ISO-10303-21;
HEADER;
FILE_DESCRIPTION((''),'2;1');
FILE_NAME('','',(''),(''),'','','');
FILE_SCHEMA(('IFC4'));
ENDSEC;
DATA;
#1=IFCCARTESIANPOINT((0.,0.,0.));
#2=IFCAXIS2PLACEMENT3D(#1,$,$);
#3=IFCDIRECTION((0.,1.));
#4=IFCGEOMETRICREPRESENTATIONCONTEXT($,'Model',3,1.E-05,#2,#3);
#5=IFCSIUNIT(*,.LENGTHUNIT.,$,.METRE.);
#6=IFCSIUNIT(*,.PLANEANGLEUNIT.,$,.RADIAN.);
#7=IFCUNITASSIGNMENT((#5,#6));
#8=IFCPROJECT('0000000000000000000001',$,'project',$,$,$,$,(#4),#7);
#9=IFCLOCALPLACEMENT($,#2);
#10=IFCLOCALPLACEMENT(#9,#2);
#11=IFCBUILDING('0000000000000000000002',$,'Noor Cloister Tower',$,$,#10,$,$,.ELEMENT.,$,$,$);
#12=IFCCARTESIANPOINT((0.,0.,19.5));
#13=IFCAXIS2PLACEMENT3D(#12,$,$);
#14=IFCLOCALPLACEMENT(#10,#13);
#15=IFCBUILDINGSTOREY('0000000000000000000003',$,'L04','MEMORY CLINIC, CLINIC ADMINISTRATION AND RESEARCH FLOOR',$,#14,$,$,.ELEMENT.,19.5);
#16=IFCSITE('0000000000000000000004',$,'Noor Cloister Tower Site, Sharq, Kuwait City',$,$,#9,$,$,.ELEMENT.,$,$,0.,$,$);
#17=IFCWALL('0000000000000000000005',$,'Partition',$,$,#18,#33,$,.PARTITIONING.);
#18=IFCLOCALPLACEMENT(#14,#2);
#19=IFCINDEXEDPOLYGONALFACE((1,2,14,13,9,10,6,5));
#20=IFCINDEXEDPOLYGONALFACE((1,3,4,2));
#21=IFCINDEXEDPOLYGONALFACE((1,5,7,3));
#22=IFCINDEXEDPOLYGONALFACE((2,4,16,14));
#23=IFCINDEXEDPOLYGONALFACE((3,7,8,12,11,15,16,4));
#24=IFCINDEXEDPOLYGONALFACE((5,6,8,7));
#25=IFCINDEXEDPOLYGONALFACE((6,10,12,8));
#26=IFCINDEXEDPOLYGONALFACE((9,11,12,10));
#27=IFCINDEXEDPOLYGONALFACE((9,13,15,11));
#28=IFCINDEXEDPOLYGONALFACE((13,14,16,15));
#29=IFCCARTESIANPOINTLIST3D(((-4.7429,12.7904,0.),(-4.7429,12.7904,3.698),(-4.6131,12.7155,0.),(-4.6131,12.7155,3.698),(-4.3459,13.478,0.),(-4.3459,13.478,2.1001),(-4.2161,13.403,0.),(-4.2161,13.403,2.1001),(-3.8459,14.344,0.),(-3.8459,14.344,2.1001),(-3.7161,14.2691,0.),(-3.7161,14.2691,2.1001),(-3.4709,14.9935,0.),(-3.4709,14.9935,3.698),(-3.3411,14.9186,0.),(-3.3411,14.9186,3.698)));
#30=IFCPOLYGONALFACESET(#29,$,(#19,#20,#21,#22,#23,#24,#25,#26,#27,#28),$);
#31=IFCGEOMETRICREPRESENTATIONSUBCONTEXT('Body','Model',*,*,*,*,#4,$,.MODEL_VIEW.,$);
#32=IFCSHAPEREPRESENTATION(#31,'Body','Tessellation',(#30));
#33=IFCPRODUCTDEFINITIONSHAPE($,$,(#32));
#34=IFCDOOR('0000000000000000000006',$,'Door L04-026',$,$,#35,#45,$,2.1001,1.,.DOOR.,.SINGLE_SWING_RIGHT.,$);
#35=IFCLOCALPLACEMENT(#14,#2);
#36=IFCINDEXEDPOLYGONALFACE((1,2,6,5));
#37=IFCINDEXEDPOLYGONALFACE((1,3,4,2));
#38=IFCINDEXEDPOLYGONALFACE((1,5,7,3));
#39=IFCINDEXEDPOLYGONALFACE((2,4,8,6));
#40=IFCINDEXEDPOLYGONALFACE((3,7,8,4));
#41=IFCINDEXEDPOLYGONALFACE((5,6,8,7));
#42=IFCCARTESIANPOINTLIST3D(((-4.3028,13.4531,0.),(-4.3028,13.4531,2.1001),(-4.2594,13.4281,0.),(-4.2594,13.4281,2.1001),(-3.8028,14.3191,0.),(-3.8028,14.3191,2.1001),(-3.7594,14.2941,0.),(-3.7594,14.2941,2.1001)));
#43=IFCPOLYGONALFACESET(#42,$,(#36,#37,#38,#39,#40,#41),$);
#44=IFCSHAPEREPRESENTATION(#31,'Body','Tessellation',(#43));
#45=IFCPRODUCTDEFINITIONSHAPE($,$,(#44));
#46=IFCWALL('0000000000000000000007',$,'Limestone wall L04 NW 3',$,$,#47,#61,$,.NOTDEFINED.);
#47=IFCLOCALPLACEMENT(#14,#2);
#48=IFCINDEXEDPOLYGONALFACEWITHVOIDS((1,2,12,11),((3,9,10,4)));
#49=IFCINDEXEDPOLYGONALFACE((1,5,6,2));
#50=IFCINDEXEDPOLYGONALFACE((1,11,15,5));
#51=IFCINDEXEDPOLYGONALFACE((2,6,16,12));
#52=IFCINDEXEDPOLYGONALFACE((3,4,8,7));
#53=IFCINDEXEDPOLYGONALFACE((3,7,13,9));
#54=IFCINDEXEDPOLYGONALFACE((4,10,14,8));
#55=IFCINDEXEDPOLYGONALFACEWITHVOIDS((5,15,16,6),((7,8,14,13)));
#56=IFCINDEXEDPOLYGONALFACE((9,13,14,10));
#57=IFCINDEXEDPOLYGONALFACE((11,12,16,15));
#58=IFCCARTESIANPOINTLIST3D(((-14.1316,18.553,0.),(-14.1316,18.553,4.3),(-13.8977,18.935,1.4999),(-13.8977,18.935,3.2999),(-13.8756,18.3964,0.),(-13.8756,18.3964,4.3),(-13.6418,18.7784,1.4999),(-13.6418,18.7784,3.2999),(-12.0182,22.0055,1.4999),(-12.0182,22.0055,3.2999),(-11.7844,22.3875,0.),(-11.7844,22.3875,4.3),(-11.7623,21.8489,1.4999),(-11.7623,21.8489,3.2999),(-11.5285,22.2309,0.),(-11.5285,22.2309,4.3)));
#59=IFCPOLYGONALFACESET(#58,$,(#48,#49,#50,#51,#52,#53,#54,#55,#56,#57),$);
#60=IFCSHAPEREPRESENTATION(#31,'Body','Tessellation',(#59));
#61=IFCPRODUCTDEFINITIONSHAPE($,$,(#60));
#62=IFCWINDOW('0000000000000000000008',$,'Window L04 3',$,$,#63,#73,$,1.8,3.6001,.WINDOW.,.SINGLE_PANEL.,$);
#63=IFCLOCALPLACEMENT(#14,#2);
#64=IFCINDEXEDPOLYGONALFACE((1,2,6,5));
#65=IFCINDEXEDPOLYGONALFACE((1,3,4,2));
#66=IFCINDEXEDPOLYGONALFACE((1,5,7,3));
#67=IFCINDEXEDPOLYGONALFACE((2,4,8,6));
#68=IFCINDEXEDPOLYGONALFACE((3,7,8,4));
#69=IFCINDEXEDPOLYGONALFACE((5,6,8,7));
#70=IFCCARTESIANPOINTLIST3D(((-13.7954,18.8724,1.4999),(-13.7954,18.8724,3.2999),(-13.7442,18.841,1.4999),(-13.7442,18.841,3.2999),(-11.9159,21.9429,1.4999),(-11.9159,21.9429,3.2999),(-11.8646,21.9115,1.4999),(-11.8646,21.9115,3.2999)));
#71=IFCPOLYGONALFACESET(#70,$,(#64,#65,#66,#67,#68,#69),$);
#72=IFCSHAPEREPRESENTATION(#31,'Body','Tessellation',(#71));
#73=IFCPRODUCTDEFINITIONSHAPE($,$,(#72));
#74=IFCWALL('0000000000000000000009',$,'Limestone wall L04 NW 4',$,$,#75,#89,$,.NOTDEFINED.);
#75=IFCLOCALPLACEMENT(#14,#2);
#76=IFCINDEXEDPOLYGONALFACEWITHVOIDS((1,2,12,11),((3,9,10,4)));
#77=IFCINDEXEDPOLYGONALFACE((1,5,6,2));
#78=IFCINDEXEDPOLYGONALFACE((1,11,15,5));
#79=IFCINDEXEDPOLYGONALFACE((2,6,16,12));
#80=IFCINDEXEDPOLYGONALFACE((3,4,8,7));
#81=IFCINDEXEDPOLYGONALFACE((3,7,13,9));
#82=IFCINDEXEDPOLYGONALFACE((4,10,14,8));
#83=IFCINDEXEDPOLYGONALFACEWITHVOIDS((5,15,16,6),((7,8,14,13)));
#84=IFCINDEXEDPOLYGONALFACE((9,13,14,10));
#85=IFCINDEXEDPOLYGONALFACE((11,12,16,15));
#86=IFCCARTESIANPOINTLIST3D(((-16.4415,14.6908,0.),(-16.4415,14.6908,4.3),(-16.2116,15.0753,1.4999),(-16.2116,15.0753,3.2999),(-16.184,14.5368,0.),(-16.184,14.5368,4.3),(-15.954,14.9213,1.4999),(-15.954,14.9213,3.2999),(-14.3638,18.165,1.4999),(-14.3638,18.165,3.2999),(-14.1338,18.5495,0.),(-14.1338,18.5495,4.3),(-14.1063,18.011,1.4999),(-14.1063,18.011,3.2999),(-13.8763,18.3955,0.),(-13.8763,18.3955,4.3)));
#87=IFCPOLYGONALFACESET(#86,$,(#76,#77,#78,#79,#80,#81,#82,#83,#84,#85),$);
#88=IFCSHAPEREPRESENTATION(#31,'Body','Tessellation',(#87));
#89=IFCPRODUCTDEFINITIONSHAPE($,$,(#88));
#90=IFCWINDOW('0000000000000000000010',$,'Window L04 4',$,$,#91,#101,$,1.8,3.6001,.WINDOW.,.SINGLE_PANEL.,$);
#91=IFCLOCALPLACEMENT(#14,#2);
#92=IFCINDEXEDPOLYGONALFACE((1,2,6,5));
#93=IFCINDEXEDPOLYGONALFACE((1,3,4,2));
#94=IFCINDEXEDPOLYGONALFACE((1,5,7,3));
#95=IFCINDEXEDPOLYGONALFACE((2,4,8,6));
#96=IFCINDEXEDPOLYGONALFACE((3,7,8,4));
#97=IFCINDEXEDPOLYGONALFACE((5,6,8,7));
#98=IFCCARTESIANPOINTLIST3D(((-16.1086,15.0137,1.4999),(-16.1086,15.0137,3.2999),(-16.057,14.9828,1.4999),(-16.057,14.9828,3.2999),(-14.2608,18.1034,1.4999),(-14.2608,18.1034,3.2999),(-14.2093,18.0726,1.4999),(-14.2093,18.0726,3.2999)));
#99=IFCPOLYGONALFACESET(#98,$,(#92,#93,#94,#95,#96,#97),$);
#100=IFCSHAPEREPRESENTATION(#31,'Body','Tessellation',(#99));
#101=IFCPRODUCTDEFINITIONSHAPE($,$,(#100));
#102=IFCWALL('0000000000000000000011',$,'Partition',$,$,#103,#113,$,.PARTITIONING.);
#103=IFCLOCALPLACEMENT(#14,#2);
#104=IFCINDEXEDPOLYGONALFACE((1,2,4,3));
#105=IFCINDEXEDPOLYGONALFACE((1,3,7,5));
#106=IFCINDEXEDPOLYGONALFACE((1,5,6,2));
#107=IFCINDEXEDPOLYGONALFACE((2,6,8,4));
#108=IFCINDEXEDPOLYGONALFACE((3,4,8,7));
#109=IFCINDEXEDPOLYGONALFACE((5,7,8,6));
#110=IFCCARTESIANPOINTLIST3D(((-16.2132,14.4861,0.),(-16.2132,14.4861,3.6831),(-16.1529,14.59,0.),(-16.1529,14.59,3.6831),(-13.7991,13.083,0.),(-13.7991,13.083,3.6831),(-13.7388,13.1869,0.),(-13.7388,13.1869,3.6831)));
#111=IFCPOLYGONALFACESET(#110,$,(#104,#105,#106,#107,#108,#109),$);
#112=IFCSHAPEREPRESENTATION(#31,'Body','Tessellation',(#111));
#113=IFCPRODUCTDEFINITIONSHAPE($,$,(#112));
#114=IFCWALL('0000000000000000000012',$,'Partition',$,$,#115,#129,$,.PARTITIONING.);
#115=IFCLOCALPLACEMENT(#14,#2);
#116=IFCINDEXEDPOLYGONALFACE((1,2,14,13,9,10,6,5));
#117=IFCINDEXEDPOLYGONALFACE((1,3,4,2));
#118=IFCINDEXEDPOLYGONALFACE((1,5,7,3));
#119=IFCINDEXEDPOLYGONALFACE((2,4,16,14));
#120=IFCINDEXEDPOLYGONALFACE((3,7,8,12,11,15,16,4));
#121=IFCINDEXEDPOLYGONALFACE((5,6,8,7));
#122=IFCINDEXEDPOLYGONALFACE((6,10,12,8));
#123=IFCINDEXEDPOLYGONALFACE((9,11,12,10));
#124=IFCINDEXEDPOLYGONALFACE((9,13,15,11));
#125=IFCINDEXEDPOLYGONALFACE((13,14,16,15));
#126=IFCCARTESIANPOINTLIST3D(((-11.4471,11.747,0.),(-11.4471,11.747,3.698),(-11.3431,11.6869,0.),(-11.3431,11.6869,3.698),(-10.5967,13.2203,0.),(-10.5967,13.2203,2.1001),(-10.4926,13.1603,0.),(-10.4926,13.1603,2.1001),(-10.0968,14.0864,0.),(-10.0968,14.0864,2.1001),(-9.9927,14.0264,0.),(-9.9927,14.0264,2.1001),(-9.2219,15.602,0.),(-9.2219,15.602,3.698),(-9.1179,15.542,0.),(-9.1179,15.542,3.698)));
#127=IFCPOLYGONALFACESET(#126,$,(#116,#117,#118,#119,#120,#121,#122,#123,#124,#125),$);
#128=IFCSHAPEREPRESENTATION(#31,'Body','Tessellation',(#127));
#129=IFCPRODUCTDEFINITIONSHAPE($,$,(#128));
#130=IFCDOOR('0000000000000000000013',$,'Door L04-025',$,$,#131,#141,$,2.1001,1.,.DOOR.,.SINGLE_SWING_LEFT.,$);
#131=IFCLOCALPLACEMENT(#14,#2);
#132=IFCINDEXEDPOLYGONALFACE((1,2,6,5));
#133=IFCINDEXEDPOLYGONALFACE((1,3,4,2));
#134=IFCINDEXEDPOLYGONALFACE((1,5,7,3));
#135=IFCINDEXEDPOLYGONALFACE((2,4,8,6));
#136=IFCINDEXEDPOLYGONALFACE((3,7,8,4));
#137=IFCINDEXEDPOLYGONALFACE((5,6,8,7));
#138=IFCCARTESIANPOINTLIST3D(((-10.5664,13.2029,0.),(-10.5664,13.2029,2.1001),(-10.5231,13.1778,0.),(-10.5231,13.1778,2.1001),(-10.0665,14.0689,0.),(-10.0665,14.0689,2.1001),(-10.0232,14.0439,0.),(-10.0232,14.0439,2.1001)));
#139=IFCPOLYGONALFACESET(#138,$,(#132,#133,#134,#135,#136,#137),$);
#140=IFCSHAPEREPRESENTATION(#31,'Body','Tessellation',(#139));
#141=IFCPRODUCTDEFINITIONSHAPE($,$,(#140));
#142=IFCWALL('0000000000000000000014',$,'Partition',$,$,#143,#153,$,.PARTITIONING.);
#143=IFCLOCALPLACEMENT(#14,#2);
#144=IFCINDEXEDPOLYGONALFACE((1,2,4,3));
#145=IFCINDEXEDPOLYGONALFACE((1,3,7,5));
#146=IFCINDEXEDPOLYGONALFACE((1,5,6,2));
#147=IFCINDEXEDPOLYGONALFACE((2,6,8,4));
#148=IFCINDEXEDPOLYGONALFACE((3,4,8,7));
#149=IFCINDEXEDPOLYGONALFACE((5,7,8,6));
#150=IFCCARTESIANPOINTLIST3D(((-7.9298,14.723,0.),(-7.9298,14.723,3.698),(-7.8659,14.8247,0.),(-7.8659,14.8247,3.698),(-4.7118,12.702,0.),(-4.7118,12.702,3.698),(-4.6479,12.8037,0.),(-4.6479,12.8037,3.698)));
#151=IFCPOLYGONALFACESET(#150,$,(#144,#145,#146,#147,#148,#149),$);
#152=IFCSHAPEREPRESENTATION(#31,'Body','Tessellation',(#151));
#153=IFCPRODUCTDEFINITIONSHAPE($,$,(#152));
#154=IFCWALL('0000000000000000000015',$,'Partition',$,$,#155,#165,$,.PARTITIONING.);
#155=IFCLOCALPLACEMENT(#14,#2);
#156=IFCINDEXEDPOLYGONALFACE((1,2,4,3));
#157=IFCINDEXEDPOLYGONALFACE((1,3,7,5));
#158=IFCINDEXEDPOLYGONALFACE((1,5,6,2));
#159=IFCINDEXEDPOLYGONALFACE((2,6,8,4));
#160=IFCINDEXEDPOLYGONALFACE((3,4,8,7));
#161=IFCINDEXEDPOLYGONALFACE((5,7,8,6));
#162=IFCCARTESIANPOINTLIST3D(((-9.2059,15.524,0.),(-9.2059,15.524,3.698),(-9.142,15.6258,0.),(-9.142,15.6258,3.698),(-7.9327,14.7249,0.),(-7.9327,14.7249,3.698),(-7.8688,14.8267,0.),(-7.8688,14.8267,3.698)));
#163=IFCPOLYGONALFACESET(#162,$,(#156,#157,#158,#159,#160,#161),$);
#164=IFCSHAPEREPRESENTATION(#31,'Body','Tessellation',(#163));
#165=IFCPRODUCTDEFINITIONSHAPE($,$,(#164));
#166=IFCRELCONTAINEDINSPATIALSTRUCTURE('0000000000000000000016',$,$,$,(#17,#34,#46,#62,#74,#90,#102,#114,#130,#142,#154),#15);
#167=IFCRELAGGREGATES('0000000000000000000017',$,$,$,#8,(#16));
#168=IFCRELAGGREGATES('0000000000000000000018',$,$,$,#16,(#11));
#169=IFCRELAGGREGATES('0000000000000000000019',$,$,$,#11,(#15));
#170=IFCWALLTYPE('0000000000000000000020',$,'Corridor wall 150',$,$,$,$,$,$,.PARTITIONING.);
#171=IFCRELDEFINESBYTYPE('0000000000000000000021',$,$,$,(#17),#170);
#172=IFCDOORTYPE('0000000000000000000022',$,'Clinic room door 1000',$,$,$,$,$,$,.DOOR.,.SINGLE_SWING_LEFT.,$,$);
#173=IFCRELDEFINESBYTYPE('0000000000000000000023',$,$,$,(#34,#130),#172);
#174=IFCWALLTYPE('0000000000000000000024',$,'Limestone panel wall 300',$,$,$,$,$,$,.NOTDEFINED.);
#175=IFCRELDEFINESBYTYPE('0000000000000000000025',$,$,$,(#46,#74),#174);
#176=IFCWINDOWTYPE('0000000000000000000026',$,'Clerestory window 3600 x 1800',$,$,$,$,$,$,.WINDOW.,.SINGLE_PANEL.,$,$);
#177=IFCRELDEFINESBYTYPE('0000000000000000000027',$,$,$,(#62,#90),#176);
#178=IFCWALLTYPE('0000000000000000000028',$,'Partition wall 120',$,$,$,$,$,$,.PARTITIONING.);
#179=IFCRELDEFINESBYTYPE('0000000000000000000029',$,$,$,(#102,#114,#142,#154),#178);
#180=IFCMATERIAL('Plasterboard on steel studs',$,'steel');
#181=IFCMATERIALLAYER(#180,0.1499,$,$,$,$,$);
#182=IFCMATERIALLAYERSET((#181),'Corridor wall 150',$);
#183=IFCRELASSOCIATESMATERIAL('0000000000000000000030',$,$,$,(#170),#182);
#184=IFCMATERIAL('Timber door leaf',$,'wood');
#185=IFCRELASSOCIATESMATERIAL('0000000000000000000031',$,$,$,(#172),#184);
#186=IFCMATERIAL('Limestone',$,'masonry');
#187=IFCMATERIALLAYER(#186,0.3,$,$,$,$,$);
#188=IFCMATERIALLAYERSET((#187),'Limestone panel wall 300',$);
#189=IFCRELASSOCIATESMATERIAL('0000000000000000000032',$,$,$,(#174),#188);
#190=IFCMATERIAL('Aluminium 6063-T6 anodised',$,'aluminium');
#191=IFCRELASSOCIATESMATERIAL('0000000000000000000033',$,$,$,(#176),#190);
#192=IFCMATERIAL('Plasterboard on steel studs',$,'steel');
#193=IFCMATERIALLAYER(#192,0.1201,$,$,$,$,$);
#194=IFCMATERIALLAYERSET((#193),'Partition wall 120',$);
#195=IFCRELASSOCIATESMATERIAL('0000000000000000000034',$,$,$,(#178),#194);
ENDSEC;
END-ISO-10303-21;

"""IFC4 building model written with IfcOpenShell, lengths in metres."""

from ifc_helpers import new_model, si_unit, direction, frame, frame_2d, origin, place, context, subcontext, project, spatial, rectangle, extrude, material, layer, layer_set, type_object, element, fill, save


model = new_model("IFC4")

# Units and contexts
model_context = context("Model", 3, precision=1e-05, world=origin(), true_north=direction((0.0, 1.0)))
body_context = subcontext(model_context, "Body", "Model", "MODEL_VIEW")
ifc_project = project(units=[si_unit("LENGTHUNIT", "METRE"), si_unit("PLANEANGLEUNIT", "RADIAN")], contexts=[model_context])

# Site, building, storey
site_placement = place(None, origin())
site = spatial("IfcSite", under=ifc_project, at=site_placement, Name="Noor Cloister Tower Site, Sharq, Kuwait City", CompositionType="ELEMENT", RefElevation=0.0)
building_placement = place(site_placement, origin())
building = spatial("IfcBuilding", under=site, at=building_placement, Name="Noor Cloister Tower", CompositionType="ELEMENT")
storey_placement = place(building_placement, frame((0.0, 0.0, 19.5)))
storey = spatial("IfcBuildingStorey", under=building, at=storey_placement, Name="L04", Description="MEMORY CLINIC, CLINIC ADMINISTRATION AND RESEARCH FLOOR", CompositionType="ELEMENT", Elevation=19.5)

# Shared definitions
ifc_material_1 = material(Name="Plasterboard on steel studs", Category="steel")
ifc_layer_1 = layer(ifc_material_1, 0.1499)
ifc_layer_set_1 = layer_set([ifc_layer_1], Name="Corridor wall 150")
wall_type_1 = type_object("IfcWallType", Name="Corridor wall 150", PredefinedType="PARTITIONING", material=ifc_layer_set_1)

# Wall, opening, door
wall_1_placement = place(storey_placement, frame((-3.406, 14.9561, 0.0), z_axis=(0.0, 0.0, 1.0), x_axis=(-0.499999, -0.866026, 0.0)))
wall_1 = element("IfcWall", 1, at=wall_1_placement, inside=storey, type_object=wall_type_1, Name="Partition", PredefinedType="PARTITIONING", context=body_context, shape_type="SweptSolid", body=[
    extrude(rectangle(XDim=2.5439, YDim=0.1499, at=frame_2d((1.272, 0.0))), origin(), (0.0, 0.0, 1.0), 3.698),
])
opening_1_placement = place(wall_1_placement, frame((0.75, 0.0, 0.0)))
opening_1 = element("IfcOpeningElement", 2, at=opening_1_placement, cuts=wall_1, PredefinedType="OPENING", context=body_context, shape_type="SweptSolid", body=[
    extrude(rectangle(XDim=1.0, YDim=2.1001, at=frame_2d((0.5, 1.05))), frame((0.0, 0.085, 0.0), z_axis=(0.0, -1.0, 0.0), x_axis=(1.0, 0.0, 0.0)), (0.0, 0.0, 1.0), 0.1699),
])
ifc_material_2 = material(Name="Timber door leaf", Category="wood")
door_type = type_object("IfcDoorType", Name="Clinic room door 1000", OperationType="SINGLE_SWING_LEFT", PredefinedType="DOOR", material=ifc_material_2)
door_1_placement = place(opening_1_placement, origin())
door_1 = element("IfcDoor", 3, at=door_1_placement, inside=storey, type_object=door_type, Name="Door L04-026", OperationType="SINGLE_SWING_RIGHT", OverallHeight=2.1001, OverallWidth=1.0, PredefinedType="DOOR", context=body_context, shape_type="SweptSolid", body=[
    extrude(rectangle(XDim=1.0, YDim=2.1001, at=frame_2d((0.5, 1.05))), frame((0.0, 0.0249, 0.0), z_axis=(0.0, -1.0, 0.0), x_axis=(1.0, 0.0, 0.0)), (0.0, 0.0, 1.0), 0.05),
])
fill(opening_1, door_1)

# Walls, openings, windows
ifc_material_3 = material(Name="Limestone", Category="masonry")
ifc_layer_2 = layer(ifc_material_3, 0.3)
ifc_layer_set_2 = layer_set([ifc_layer_2], Name="Limestone panel wall 300")
wall_type_2 = type_object("IfcWallType", Name="Limestone panel wall 300", PredefinedType="NOTDEFINED", material=ifc_layer_set_2)
wall_2_placement = place(storey_placement, frame((-14.0037, 18.4746, 0.0), z_axis=(0.0, 0.0, 1.0), x_axis=(0.522078, 0.852898, 0.0)))
wall_2 = element("IfcWall", 4, at=wall_2_placement, inside=storey, type_object=wall_type_2, Name="Limestone wall L04 NW 3", PredefinedType="NOTDEFINED", context=body_context, shape_type="SweptSolid", body=[
    extrude(rectangle(XDim=4.4958, YDim=0.3, at=frame_2d((2.248, 0.0))), origin(), (0.0, 0.0, 1.0), 4.3),
])
opening_2_placement = place(wall_2_placement, frame((0.448, 0.0, 1.5)))
opening_2 = element("IfcOpeningElement", 5, at=opening_2_placement, cuts=wall_2, PredefinedType="OPENING", context=body_context, shape_type="SweptSolid", body=[
    extrude(rectangle(XDim=3.6001, YDim=1.8, at=frame_2d((1.8, 0.8999))), frame((0.0, 0.1602, 0.0), z_axis=(0.0, -1.0, 0.0), x_axis=(1.0, 0.0, 0.0)), (0.0, 0.0, 1.0), 0.3201),
])
ifc_material_4 = material(Name="Aluminium 6063-T6 anodised", Category="aluminium")
window_type = type_object("IfcWindowType", Name="Clerestory window 3600 x 1800", PartitioningType="SINGLE_PANEL", PredefinedType="WINDOW", material=ifc_material_4)
window_1_placement = place(opening_2_placement, origin())
window_1 = element("IfcWindow", 6, at=window_1_placement, inside=storey, type_object=window_type, Name="Window L04 3", OverallHeight=1.8, OverallWidth=3.6001, PartitioningType="SINGLE_PANEL", PredefinedType="WINDOW", context=body_context, shape_type="SweptSolid", body=[
    extrude(rectangle(XDim=3.6001, YDim=1.8, at=frame_2d((1.8, 0.8999))), frame((0.0, 0.03, 0.0), z_axis=(0.0, -1.0, 0.0), x_axis=(1.0, 0.0, 0.0)), (0.0, 0.0, 1.0), 0.0601),
])
fill(opening_2, window_1)
wall_3_placement = place(storey_placement, frame((-16.3127, 14.6138, 0.0), z_axis=(0.0, 0.0, 1.0), x_axis=(0.513257, 0.858235, 0.0)))
wall_3 = element("IfcWall", 7, at=wall_3_placement, inside=storey, type_object=wall_type_2, Name="Limestone wall L04 NW 4", PredefinedType="NOTDEFINED", context=body_context, shape_type="SweptSolid", body=[
    extrude(rectangle(XDim=4.4961, YDim=0.3, at=frame_2d((2.248, 0.0))), origin(), (0.0, 0.0, 1.0), 4.3),
])
opening_3_placement = place(wall_3_placement, frame((0.448, 0.0, 1.5)))
opening_3 = element("IfcOpeningElement", 8, at=opening_3_placement, cuts=wall_3, PredefinedType="OPENING", context=body_context, shape_type="SweptSolid", body=[
    extrude(rectangle(XDim=3.6001, YDim=1.8, at=frame_2d((1.8, 0.8999))), frame((0.0, 0.1602, 0.0), z_axis=(0.0, -1.0, 0.0), x_axis=(1.0, 0.0, 0.0)), (0.0, 0.0, 1.0), 0.3201),
])
window_2_placement = place(opening_3_placement, origin())
window_2 = element("IfcWindow", 9, at=window_2_placement, inside=storey, type_object=window_type, Name="Window L04 4", OverallHeight=1.8, OverallWidth=3.6001, PartitioningType="SINGLE_PANEL", PredefinedType="WINDOW", context=body_context, shape_type="SweptSolid", body=[
    extrude(rectangle(XDim=3.6001, YDim=1.8, at=frame_2d((1.8, 0.8999))), frame((0.0, 0.03, 0.0), z_axis=(0.0, -1.0, 0.0), x_axis=(1.0, 0.0, 0.0)), (0.0, 0.0, 1.0), 0.0601),
])
fill(opening_3, window_2)

# Wall
ifc_material_5 = material(Name="Plasterboard on steel studs", Category="steel")
ifc_layer_3 = layer(ifc_material_5, 0.1201)
ifc_layer_set_3 = layer_set([ifc_layer_3], Name="Partition wall 120")
wall_type_3 = type_object("IfcWallType", Name="Partition wall 120", PredefinedType="PARTITIONING", material=ifc_layer_set_3)
wall_4_placement = place(storey_placement, frame((-13.769, 13.135, 0.0), z_axis=(0.0, 0.0, 1.0), x_axis=(-0.864577, 0.5025, 0.0)))
element("IfcWall", 10, at=wall_4_placement, inside=storey, type_object=wall_type_3, Name="Partition", PredefinedType="PARTITIONING", context=body_context, shape_type="SweptSolid", body=[
    extrude(rectangle(XDim=2.7922, YDim=0.1201, at=frame_2d((1.396, 0.0))), origin(), (0.0, 0.0, 1.0), 3.6831),
])

# Wall, opening, door
wall_5_placement = place(storey_placement, frame((-9.1699, 15.572, 0.0), z_axis=(0.0, 0.0, 1.0), x_axis=(-0.499903, -0.866081, 0.0)))
wall_5 = element("IfcWall", 11, at=wall_5_placement, inside=storey, type_object=wall_type_3, Name="Partition", PredefinedType="PARTITIONING", context=body_context, shape_type="SweptSolid", body=[
    extrude(rectangle(XDim=4.4512, YDim=0.1201, at=frame_2d((2.2256, 0.0))), origin(), (0.0, 0.0, 1.0), 3.698),
])
opening_4_placement = place(wall_5_placement, frame((1.75, 0.0, 0.0)))
opening_4 = element("IfcOpeningElement", 12, at=opening_4_placement, cuts=wall_5, PredefinedType="OPENING", context=body_context, shape_type="SweptSolid", body=[
    extrude(rectangle(XDim=1.0, YDim=2.1001, at=frame_2d((0.5, 1.05))), frame((0.0, 0.0701, 0.0), z_axis=(0.0, -1.0, 0.0), x_axis=(1.0, 0.0, 0.0)), (0.0, 0.0, 1.0), 0.1401),
])
door_2_placement = place(opening_4_placement, origin())
door_2 = element("IfcDoor", 13, at=door_2_placement, inside=storey, type_object=door_type, Name="Door L04-025", OperationType="SINGLE_SWING_LEFT", OverallHeight=2.1001, OverallWidth=1.0, PredefinedType="DOOR", context=body_context, shape_type="SweptSolid", body=[
    extrude(rectangle(XDim=1.0, YDim=2.1001, at=frame_2d((0.5, 1.05))), frame((0.0, 0.0249, 0.0), z_axis=(0.0, -1.0, 0.0), x_axis=(1.0, 0.0, 0.0)), (0.0, 0.0, 1.0), 0.05),
])
fill(opening_4, door_2)

# Walls
wall_6_placement = place(storey_placement, frame((-4.6799, 12.7529, 0.0), z_axis=(0.0, 0.0, 1.0), x_axis=(-0.846845, 0.53184, 0.0)))
element("IfcWall", 14, at=wall_6_placement, inside=storey, type_object=wall_type_3, Name="Partition", PredefinedType="PARTITIONING", context=body_context, shape_type="SweptSolid", body=[
    extrude(rectangle(XDim=3.8, YDim=0.1201, at=frame_2d((1.8999, 0.0))), origin(), (0.0, 0.0, 1.0), 3.698),
])
wall_7_placement = place(storey_placement, frame((-7.9009, 14.7759, 0.0), z_axis=(0.0, 0.0, 1.0), x_axis=(-0.847002, 0.531589, 0.0)))
element("IfcWall", 15, at=wall_7_placement, inside=storey, type_object=wall_type_3, Name="Partition", PredefinedType="PARTITIONING", context=body_context, shape_type="SweptSolid", body=[
    extrude(rectangle(XDim=1.5032, YDim=0.1201, at=frame_2d((0.7515, 0.0))), origin(), (0.0, 0.0, 1.0), 3.698),
])

save(model, "model.ifc")
